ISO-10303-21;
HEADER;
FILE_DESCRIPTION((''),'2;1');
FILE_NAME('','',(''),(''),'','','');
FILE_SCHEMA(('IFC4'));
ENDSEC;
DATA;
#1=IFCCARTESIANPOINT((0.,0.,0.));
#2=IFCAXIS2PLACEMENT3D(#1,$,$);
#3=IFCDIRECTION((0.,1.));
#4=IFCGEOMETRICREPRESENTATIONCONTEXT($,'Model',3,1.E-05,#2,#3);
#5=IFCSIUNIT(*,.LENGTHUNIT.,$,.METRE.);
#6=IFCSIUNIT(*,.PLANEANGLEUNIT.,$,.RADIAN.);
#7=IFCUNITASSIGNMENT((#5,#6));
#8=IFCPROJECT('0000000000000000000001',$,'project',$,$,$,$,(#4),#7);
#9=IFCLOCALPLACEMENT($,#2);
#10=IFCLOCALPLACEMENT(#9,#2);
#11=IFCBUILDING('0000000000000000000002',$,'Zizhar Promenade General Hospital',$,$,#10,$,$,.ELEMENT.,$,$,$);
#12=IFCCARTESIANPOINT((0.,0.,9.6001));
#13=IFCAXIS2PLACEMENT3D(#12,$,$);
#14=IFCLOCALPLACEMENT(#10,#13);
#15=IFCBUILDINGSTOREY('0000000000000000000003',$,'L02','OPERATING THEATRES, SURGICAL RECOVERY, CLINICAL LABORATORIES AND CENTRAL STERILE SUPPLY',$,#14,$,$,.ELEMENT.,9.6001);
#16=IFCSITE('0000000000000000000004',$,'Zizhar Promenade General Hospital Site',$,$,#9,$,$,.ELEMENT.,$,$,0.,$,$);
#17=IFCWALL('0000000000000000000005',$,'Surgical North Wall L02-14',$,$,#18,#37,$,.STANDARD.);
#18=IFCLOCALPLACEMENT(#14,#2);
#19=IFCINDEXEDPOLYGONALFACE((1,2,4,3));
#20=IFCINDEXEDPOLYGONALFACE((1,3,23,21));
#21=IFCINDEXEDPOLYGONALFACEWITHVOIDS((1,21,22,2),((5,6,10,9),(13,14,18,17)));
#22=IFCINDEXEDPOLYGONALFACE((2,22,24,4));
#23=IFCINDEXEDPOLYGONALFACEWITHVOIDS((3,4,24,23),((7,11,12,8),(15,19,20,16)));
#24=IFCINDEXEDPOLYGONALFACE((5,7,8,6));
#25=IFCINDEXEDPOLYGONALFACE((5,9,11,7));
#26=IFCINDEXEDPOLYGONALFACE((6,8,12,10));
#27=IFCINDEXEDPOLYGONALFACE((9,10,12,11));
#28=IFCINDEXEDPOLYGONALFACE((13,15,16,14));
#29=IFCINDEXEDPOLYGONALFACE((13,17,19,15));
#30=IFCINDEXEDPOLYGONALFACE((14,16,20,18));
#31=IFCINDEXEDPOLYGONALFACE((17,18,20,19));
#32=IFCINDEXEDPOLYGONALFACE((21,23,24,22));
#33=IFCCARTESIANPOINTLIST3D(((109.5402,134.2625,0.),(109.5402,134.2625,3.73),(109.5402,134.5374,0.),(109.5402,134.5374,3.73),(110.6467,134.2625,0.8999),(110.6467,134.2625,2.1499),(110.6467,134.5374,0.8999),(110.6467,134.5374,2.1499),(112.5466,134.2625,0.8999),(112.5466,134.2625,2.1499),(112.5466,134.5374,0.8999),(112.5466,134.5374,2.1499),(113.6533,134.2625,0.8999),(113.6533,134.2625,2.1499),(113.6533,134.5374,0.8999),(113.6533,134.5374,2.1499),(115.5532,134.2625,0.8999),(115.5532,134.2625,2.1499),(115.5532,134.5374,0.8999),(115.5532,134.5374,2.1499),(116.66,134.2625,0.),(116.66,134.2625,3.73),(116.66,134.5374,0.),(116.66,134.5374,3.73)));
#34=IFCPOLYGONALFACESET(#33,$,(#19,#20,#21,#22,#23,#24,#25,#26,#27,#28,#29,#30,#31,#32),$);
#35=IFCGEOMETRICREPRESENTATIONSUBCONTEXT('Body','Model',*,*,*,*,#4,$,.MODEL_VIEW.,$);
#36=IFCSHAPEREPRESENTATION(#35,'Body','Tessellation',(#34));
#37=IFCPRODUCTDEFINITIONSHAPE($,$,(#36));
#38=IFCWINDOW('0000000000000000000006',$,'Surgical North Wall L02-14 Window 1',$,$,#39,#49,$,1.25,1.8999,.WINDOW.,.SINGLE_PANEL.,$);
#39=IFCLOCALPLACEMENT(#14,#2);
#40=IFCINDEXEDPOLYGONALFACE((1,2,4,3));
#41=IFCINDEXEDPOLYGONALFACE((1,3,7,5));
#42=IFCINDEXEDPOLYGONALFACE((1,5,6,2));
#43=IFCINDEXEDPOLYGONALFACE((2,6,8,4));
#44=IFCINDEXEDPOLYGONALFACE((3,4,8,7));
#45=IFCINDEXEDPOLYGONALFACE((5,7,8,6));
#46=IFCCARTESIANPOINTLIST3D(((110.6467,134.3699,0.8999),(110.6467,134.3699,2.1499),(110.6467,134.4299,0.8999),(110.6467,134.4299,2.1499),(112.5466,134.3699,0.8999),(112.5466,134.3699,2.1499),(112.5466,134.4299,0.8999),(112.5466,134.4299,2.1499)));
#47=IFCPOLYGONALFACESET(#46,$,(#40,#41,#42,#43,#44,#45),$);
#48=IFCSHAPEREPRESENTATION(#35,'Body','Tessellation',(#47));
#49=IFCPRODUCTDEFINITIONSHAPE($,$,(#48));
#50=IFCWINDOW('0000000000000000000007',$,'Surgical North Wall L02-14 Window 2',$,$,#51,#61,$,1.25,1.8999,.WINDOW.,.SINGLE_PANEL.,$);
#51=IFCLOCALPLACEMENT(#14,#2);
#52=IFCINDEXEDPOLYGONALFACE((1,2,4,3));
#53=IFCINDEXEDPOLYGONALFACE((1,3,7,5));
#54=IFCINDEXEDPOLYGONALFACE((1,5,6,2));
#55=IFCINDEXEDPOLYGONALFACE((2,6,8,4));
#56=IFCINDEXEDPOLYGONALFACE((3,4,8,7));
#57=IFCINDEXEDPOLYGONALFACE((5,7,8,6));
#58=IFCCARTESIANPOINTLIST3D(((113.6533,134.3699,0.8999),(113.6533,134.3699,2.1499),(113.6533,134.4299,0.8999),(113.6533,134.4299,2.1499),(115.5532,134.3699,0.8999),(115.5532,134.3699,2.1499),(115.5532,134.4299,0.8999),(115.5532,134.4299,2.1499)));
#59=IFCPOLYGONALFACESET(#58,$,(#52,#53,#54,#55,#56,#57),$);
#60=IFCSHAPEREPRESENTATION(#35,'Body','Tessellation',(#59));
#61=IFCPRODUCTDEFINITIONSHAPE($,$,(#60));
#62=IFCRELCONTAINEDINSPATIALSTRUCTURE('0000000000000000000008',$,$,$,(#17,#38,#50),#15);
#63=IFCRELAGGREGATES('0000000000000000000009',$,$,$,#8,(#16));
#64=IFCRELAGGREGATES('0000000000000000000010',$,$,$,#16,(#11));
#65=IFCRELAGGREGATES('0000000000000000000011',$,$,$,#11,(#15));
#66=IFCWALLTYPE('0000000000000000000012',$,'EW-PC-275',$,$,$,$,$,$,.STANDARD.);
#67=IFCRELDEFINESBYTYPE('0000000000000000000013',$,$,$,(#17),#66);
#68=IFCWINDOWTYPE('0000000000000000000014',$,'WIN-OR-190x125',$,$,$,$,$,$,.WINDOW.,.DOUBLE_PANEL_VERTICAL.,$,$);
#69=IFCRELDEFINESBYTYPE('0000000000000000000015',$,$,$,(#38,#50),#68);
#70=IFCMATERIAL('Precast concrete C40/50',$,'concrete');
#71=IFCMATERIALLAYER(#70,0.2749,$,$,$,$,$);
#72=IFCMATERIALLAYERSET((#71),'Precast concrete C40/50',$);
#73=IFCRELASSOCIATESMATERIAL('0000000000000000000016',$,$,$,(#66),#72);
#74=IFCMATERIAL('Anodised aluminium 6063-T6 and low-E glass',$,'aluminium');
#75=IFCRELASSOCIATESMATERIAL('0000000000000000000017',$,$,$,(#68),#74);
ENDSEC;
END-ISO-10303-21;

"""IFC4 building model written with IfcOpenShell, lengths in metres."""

from ifc_helpers import new_model, si_unit, direction, frame, frame_2d, origin, place, context, subcontext, project, spatial, rectangle, extrude, material, layer, layer_set, type_object, element, fill, save


model = new_model("IFC4")

# Units and contexts
model_context = context("Model", 3, precision=1e-05, world=origin(), true_north=direction((0.0, 1.0)))
body_context = subcontext(model_context, "Body", "Model", "MODEL_VIEW")
ifc_project = project(units=[si_unit("LENGTHUNIT", "METRE"), si_unit("PLANEANGLEUNIT", "RADIAN")], contexts=[model_context])

# Site, building, storey
site_placement = place(None, origin())
site = spatial("IfcSite", under=ifc_project, at=site_placement, Name="Zizhar Promenade General Hospital Site", CompositionType="ELEMENT", RefElevation=0.0)
building_placement = place(site_placement, origin())
building = spatial("IfcBuilding", under=site, at=building_placement, Name="Zizhar Promenade General Hospital", CompositionType="ELEMENT")
storey_placement = place(building_placement, frame((0.0, 0.0, 9.6001)))
storey = spatial("IfcBuildingStorey", under=building, at=storey_placement, Name="L02", Description="OPERATING THEATRES, SURGICAL RECOVERY, CLINICAL LABORATORIES AND CENTRAL STERILE SUPPLY", CompositionType="ELEMENT", Elevation=9.6001)

# Wall, openings, windows
ifc_material_1 = material(Name="Precast concrete C40/50", Category="concrete")
ifc_layer_1 = layer(ifc_material_1, 0.2749)
ifc_layer_set_1 = layer_set([ifc_layer_1], Name="Precast concrete C40/50")
wall_type = type_object("IfcWallType", Name="EW-PC-275", PredefinedType="STANDARD", material=ifc_layer_set_1)
wall_placement = place(storey_placement, frame((109.54, 134.3999, 0.0), z_axis=(0.0, 0.0, 1.0), x_axis=(1.0, 0.0, 0.0)))
wall = element("IfcWall", 1, at=wall_placement, inside=storey, type_object=wall_type, Name="Surgical North Wall L02-14", PredefinedType="STANDARD", context=body_context, shape_type="SweptSolid", body=[
    extrude(rectangle(XDim=7.1199, YDim=0.2749, at=frame_2d((3.5601, 0.0))), origin(), (0.0, 0.0, 1.0), 3.73),
])
opening_1_placement = place(wall_placement, frame((1.1067, 0.0, 0.8999)))
opening_1 = element("IfcOpeningElement", 2, at=opening_1_placement, cuts=wall, PredefinedType="OPENING", context=body_context, shape_type="SweptSolid", body=[
    extrude(rectangle(XDim=1.8999, YDim=1.25, at=frame_2d((0.95, 0.625))), frame((0.0, 0.1475, 0.0), z_axis=(0.0, -1.0, 0.0), x_axis=(1.0, 0.0, 0.0)), (0.0, 0.0, 1.0), 0.2949),
])
opening_2_placement = place(wall_placement, frame((4.1133, 0.0, 0.8999)))
opening_2 = element("IfcOpeningElement", 3, at=opening_2_placement, cuts=wall, PredefinedType="OPENING", context=body_context, shape_type="SweptSolid", body=[
    extrude(rectangle(XDim=1.8999, YDim=1.25, at=frame_2d((0.95, 0.625))), frame((0.0, 0.1475, 0.0), z_axis=(0.0, -1.0, 0.0), x_axis=(1.0, 0.0, 0.0)), (0.0, 0.0, 1.0), 0.2949),
])
ifc_material_2 = material(Name="Anodised aluminium 6063-T6 and low-E glass", Category="aluminium")
window_type = type_object("IfcWindowType", Name="WIN-OR-190x125", PartitioningType="DOUBLE_PANEL_VERTICAL", PredefinedType="WINDOW", material=ifc_material_2)
window_1_placement = place(opening_1_placement, origin())
window_1 = element("IfcWindow", 4, at=window_1_placement, inside=storey, type_object=window_type, Name="Surgical North Wall L02-14 Window 1", OverallHeight=1.25, OverallWidth=1.8999, PartitioningType="SINGLE_PANEL", PredefinedType="WINDOW", context=body_context, shape_type="SweptSolid", body=[
    extrude(rectangle(XDim=1.8999, YDim=1.25, at=frame_2d((0.95, 0.625))), frame((0.0, 0.03, 0.0), z_axis=(0.0, -1.0, 0.0), x_axis=(1.0, 0.0, 0.0)), (0.0, 0.0, 1.0), 0.0601),
])
fill(opening_1, window_1)
window_2_placement = place(opening_2_placement, origin())
window_2 = element("IfcWindow", 5, at=window_2_placement, inside=storey, type_object=window_type, Name="Surgical North Wall L02-14 Window 2", OverallHeight=1.25, OverallWidth=1.8999, PartitioningType="SINGLE_PANEL", PredefinedType="WINDOW", context=body_context, shape_type="SweptSolid", body=[
    extrude(rectangle(XDim=1.8999, YDim=1.25, at=frame_2d((0.95, 0.625))), frame((0.0, 0.03, 0.0), z_axis=(0.0, -1.0, 0.0), x_axis=(1.0, 0.0, 0.0)), (0.0, 0.0, 1.0), 0.0601),
])
fill(opening_2, window_2)

save(model, "model.ifc")
